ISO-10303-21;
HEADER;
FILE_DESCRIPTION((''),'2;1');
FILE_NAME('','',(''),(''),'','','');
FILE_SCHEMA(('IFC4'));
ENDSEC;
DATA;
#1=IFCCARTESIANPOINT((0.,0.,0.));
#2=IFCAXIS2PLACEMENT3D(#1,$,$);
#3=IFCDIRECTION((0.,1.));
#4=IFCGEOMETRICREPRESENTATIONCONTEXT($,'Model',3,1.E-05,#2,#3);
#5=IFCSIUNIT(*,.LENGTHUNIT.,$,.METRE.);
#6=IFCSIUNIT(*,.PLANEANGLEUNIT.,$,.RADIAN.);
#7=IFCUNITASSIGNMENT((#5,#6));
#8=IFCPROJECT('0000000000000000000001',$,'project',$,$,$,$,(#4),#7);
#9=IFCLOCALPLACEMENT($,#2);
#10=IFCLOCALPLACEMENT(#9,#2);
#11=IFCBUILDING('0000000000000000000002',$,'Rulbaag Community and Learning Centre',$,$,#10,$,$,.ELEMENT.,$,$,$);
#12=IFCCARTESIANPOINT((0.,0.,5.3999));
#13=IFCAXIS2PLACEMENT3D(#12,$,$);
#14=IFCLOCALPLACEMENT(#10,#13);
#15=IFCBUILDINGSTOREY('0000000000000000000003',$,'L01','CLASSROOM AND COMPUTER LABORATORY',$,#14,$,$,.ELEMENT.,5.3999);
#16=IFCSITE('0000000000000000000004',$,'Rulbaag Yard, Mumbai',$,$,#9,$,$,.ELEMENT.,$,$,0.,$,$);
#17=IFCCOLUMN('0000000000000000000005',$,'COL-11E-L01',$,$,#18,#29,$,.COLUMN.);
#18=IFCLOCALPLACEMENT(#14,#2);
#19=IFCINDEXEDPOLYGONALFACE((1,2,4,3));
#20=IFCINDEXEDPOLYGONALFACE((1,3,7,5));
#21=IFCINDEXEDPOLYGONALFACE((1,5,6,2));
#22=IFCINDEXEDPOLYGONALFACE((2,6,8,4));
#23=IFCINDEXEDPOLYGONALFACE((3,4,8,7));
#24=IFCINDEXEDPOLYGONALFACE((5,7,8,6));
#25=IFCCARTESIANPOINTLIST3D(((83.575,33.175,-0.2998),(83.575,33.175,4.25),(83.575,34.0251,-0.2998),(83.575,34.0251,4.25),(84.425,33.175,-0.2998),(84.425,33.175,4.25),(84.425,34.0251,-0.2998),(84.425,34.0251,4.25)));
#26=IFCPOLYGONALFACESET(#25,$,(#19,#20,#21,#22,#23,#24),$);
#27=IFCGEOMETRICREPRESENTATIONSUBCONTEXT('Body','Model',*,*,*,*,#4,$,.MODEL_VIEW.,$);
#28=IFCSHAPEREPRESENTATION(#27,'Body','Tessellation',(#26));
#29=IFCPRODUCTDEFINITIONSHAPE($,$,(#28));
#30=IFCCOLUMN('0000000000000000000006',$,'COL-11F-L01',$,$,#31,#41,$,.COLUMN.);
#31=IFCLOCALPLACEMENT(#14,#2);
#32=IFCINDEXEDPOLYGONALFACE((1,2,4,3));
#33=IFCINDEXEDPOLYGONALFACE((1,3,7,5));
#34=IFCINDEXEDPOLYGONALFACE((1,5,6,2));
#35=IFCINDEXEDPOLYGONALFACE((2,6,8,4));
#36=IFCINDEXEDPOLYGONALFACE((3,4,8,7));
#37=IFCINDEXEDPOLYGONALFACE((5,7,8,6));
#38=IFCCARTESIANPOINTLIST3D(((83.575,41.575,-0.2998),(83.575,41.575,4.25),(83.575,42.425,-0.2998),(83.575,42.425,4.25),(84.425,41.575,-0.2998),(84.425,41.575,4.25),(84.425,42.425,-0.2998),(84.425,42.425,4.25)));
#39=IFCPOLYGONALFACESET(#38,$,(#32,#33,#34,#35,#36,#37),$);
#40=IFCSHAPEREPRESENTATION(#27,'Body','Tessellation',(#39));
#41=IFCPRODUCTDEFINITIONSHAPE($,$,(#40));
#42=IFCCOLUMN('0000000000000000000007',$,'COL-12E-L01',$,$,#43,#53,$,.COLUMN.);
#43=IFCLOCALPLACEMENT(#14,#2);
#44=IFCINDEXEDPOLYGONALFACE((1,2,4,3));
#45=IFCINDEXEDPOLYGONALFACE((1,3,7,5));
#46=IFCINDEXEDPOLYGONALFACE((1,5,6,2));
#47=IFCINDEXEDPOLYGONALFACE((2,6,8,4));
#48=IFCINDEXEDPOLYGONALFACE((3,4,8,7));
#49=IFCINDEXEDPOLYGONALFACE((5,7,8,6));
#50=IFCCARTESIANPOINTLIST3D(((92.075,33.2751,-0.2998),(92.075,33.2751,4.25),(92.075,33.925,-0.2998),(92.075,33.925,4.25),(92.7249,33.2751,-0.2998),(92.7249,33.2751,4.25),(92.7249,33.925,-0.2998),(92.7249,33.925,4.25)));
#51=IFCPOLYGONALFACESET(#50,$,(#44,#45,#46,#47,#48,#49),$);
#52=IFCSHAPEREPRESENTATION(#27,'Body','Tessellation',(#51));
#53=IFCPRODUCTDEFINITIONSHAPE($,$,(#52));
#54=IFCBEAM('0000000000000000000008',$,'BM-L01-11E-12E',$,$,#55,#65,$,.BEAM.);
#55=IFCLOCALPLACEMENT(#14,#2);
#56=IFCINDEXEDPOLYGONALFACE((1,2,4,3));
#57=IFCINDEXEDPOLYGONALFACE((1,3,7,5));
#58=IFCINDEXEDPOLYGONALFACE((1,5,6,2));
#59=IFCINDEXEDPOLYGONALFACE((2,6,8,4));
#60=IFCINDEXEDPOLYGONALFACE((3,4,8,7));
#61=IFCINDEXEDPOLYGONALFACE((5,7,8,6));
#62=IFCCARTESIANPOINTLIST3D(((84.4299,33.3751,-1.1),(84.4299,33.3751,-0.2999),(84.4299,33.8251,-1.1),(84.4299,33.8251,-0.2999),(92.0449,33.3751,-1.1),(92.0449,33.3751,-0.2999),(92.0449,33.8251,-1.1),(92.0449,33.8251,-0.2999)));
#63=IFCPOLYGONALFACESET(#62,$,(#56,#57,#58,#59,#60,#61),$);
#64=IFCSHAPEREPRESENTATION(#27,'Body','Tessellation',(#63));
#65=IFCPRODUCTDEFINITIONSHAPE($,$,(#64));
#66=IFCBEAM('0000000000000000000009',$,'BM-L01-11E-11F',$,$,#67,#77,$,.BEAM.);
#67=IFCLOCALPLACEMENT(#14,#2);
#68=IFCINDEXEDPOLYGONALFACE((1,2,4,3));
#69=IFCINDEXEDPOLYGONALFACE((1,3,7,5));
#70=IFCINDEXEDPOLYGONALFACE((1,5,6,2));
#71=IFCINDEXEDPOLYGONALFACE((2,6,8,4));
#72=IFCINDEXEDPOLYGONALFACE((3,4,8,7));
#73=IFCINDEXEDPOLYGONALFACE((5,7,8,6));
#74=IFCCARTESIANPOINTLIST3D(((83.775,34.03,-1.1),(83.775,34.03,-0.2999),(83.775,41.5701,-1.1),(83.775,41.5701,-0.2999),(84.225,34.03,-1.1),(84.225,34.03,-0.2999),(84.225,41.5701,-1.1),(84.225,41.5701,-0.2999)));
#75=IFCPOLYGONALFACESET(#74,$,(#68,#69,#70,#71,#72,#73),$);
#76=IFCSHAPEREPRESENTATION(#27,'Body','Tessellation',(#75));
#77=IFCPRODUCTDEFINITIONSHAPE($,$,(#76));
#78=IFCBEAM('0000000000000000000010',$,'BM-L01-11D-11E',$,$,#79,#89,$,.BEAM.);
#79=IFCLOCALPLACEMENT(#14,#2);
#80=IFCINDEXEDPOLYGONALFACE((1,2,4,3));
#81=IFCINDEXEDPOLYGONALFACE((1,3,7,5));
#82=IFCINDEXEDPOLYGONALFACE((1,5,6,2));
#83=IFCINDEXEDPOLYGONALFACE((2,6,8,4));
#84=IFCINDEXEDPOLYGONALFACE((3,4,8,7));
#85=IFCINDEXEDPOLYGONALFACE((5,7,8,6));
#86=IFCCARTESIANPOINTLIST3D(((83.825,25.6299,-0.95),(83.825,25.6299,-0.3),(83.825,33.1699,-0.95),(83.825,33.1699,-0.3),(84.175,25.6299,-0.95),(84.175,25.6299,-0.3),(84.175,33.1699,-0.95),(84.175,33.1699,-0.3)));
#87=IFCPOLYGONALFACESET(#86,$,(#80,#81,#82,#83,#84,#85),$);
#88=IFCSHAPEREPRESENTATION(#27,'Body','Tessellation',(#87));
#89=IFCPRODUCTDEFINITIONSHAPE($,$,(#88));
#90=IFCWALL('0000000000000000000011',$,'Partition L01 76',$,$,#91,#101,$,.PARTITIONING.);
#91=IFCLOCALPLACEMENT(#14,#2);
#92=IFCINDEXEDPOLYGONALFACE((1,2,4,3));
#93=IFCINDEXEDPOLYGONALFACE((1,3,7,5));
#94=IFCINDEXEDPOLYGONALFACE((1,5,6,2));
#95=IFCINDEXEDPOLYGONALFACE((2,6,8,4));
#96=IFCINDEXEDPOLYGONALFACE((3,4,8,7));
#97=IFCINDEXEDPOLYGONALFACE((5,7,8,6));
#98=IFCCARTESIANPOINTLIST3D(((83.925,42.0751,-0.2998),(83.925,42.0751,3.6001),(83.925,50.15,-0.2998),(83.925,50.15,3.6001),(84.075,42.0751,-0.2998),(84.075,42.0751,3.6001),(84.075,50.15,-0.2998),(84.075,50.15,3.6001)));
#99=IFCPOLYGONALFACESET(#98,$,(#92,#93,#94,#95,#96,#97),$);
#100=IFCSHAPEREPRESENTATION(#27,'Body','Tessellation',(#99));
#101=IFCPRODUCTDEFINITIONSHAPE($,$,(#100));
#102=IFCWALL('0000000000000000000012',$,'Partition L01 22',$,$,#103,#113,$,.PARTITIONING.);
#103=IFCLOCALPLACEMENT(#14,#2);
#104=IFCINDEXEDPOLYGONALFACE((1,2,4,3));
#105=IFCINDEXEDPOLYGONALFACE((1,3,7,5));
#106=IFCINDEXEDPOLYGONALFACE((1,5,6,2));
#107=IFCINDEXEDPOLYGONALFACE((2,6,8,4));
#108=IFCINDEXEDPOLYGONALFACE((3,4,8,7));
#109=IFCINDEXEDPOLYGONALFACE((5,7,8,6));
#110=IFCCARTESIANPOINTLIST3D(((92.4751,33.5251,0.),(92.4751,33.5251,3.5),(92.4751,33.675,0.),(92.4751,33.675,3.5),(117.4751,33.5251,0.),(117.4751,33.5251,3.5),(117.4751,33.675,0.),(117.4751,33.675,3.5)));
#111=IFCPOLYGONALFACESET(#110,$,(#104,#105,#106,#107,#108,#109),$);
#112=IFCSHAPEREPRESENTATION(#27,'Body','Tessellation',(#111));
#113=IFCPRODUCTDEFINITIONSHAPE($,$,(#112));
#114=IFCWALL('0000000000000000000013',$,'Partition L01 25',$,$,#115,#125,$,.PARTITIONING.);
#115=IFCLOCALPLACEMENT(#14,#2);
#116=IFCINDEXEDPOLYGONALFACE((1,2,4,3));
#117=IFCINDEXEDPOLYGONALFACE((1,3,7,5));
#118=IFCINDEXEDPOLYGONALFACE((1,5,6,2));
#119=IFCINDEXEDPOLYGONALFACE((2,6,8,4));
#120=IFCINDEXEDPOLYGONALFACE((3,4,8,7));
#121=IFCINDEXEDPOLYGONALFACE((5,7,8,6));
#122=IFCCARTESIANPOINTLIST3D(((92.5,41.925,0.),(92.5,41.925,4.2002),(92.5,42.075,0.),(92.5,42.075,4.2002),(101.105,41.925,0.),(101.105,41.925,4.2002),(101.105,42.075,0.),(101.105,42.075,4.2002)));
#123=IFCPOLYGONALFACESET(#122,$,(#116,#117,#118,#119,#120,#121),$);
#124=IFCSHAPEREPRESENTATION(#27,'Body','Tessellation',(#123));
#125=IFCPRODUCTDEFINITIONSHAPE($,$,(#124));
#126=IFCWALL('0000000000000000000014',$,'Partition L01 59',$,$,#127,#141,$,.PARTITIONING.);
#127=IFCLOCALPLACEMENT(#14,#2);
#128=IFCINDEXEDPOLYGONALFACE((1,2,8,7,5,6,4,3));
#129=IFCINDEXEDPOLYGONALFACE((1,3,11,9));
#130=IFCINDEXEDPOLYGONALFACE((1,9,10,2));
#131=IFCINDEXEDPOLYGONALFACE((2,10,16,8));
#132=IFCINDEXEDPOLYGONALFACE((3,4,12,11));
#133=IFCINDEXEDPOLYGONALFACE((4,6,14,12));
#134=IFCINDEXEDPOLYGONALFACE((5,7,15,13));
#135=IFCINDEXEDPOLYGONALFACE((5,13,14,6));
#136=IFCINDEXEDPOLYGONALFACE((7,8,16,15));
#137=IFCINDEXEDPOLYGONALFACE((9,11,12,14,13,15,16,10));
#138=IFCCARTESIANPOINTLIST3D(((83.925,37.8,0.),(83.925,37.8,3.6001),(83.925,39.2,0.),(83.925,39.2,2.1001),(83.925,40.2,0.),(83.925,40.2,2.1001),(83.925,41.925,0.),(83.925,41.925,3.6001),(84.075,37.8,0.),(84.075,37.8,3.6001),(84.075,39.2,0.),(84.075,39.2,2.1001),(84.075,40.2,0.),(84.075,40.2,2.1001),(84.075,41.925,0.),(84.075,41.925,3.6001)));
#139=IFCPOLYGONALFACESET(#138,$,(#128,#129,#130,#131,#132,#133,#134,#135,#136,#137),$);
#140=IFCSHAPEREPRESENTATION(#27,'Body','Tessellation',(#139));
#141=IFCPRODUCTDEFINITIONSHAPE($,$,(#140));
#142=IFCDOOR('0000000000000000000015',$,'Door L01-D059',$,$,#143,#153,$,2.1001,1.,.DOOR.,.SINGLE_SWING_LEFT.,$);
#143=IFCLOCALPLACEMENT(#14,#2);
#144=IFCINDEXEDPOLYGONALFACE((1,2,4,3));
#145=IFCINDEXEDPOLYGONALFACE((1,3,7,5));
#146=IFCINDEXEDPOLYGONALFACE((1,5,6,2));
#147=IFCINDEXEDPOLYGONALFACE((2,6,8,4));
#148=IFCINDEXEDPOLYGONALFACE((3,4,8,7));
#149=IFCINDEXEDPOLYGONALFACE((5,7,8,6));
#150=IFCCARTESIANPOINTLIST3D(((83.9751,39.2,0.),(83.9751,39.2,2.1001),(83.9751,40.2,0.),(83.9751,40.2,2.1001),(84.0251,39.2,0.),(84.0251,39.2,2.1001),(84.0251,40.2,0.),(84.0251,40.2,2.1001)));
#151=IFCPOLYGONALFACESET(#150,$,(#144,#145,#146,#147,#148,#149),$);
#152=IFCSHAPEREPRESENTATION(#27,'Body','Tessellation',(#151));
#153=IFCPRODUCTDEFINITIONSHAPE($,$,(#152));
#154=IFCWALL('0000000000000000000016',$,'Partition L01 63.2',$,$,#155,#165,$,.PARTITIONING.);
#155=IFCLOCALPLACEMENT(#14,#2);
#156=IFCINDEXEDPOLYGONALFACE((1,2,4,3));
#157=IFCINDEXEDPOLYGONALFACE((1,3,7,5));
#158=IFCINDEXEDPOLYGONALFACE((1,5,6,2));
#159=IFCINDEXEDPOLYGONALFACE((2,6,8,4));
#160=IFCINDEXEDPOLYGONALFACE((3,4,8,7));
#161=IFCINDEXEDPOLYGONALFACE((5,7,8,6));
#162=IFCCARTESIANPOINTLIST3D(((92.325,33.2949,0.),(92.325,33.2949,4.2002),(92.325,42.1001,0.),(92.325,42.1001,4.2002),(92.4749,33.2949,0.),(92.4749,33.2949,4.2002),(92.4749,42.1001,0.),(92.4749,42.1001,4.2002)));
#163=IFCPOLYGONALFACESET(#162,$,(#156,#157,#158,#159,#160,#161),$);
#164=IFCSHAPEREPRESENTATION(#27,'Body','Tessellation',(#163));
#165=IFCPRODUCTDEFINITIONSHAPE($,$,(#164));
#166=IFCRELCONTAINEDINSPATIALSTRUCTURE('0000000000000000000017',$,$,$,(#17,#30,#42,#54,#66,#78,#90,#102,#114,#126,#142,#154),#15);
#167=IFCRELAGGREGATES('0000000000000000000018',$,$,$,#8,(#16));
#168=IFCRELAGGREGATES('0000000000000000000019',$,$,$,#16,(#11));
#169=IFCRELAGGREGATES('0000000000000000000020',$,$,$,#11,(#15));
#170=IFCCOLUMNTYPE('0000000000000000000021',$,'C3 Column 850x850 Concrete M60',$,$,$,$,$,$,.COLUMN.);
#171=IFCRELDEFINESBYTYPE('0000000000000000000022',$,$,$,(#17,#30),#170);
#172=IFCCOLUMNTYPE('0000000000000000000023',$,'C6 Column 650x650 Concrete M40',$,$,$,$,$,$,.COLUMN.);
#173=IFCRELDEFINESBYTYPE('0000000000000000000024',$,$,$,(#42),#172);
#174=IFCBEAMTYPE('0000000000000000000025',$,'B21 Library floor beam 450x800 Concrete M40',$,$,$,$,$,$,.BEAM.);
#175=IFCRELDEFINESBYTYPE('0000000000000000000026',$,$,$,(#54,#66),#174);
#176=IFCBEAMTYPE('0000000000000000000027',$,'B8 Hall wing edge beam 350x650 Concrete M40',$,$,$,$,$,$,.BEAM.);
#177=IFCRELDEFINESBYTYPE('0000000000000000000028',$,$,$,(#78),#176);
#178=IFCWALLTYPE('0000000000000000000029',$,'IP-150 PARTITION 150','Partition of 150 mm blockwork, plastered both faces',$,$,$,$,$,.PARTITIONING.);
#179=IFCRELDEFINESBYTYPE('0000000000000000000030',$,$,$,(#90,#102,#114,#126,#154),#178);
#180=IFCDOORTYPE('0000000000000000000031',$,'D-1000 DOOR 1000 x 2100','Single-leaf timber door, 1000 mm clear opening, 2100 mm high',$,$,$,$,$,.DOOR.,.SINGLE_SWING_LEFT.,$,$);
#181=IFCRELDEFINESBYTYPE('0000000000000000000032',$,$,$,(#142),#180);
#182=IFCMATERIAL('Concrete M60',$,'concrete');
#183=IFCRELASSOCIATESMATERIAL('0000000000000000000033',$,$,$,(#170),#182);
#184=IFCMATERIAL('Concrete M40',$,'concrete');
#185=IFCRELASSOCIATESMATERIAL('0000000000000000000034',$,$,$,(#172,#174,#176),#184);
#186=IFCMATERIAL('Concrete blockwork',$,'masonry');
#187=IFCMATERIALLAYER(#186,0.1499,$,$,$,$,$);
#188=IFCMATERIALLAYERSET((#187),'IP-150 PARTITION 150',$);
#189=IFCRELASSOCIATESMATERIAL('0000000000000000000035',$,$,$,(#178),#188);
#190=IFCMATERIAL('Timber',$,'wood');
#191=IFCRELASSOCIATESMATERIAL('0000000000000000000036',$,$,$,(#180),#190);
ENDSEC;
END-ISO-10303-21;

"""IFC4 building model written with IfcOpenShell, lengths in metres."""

from ifc_helpers import new_model, si_unit, direction, frame, frame_2d, origin, origin_2d, place, context, subcontext, project, spatial, rectangle, extrude, material, layer, layer_set, material_profile, profile_set, type_object, element, fill, save


model = new_model("IFC4")

# Units and contexts
model_context = context("Model", 3, precision=1e-05, world=origin(), true_north=direction((0.0, 1.0)))
body_context = subcontext(model_context, "Body", "Model", "MODEL_VIEW")
ifc_project = project(units=[si_unit("LENGTHUNIT", "METRE"), si_unit("PLANEANGLEUNIT", "RADIAN")], contexts=[model_context])

# Site, building, storey
site_placement = place(None, origin())
site = spatial("IfcSite", under=ifc_project, at=site_placement, Name="Rulbaag Yard, Mumbai", CompositionType="ELEMENT", RefElevation=0.0)
building_placement = place(site_placement, origin())
building = spatial("IfcBuilding", under=site, at=building_placement, Name="Rulbaag Community and Learning Centre", CompositionType="ELEMENT")
storey_placement = place(building_placement, frame((0.0, 0.0, 5.3999)))
storey = spatial("IfcBuildingStorey", under=building, at=storey_placement, Name="L01", Description="CLASSROOM AND COMPUTER LABORATORY", CompositionType="ELEMENT", Elevation=5.3999)

# Columns
ifc_material_1 = material(Name="Concrete M60", Category="concrete")
ifc_material_profile_1 = material_profile(ifc_material_1, rectangle(XDim=0.8501, YDim=0.8501, at=origin_2d()), Name="RC850x850")
ifc_profile_set_1 = profile_set([ifc_material_profile_1], Name="Concrete M60")
column_type_1 = type_object("IfcColumnType", Name="C3 Column 850x850 Concrete M60", PredefinedType="COLUMN", material=ifc_profile_set_1)
for number, where, z_axis, x_axis, name in (
    (1, (84.0, 33.6001, -0.2998), (0.0, 0.0, 1.0), (1.0, 0.0, 0.0), "COL-11E-L01"),
    (2, (84.0, 42.0, -0.2998), (0.0, 0.0, 1.0), (1.0, 0.0, 0.0), "COL-11F-L01"),
):
    element("IfcColumn", number, at=place(storey_placement, frame(where, z_axis=z_axis, x_axis=x_axis)), inside=storey, type_object=column_type_1, Name=name, PredefinedType="COLUMN", context=body_context, shape_type="SweptSolid", body=[
        extrude(rectangle(XDim=0.8501, YDim=0.8501, at=origin_2d()), origin(), (0.0, 0.0, 1.0), 4.5498),
    ])
ifc_material_2 = material(Name="Concrete M40", Category="concrete")
ifc_material_profile_2 = material_profile(ifc_material_2, rectangle(XDim=0.6499, YDim=0.6499, at=origin_2d()), Name="RC650x650")
ifc_profile_set_2 = profile_set([ifc_material_profile_2], Name="Concrete M40")
column_type_2 = type_object("IfcColumnType", Name="C6 Column 650x650 Concrete M40", PredefinedType="COLUMN", material=ifc_profile_set_2)
column_placement = place(storey_placement, frame((92.3999, 33.6001, -0.2998), z_axis=(0.0, 0.0, 1.0), x_axis=(1.0, 0.0, 0.0)))
element("IfcColumn", 3, at=column_placement, inside=storey, type_object=column_type_2, Name="COL-12E-L01", PredefinedType="COLUMN", context=body_context, shape_type="SweptSolid", body=[
    extrude(rectangle(XDim=0.6499, YDim=0.6499, at=origin_2d()), origin(), (0.0, 0.0, 1.0), 4.5498),
])

# Beams
ifc_material_profile_3 = material_profile(ifc_material_2, rectangle(XDim=0.45, YDim=0.8, at=origin_2d()), Name="RB450x800")
ifc_profile_set_3 = profile_set([ifc_material_profile_3], Name="Concrete M40")
beam_type_1 = type_object("IfcBeamType", Name="B21 Library floor beam 450x800 Concrete M40", PredefinedType="BEAM", material=ifc_profile_set_3)
beam_1_placement = place(storey_placement, frame((84.4299, 33.6001, -0.7), z_axis=(1.0, 0.0, 0.0), x_axis=(0.0, 1.0, 0.0)))
element("IfcBeam", 4, at=beam_1_placement, inside=storey, type_object=beam_type_1, Name="BM-L01-11E-12E", PredefinedType="BEAM", context=body_context, shape_type="SweptSolid", body=[
    extrude(rectangle(XDim=0.45, YDim=0.8, at=origin_2d()), origin(), (0.0, 0.0, 1.0), 7.615),
])
beam_2_placement = place(storey_placement, frame((84.0, 34.03, -0.7), z_axis=(0.0, 1.0, 0.0), x_axis=(-1.0, 0.0, 0.0)))
element("IfcBeam", 5, at=beam_2_placement, inside=storey, type_object=beam_type_1, Name="BM-L01-11E-11F", PredefinedType="BEAM", context=body_context, shape_type="SweptSolid", body=[
    extrude(rectangle(XDim=0.45, YDim=0.8, at=origin_2d()), origin(), (0.0, 0.0, 1.0), 7.54),
])
ifc_material_profile_4 = material_profile(ifc_material_2, rectangle(XDim=0.3501, YDim=0.6499, at=origin_2d()), Name="RB350x650")
ifc_profile_set_4 = profile_set([ifc_material_profile_4], Name="Concrete M40")
beam_type_2 = type_object("IfcBeamType", Name="B8 Hall wing edge beam 350x650 Concrete M40", PredefinedType="BEAM", material=ifc_profile_set_4)
beam_3_placement = place(storey_placement, frame((84.0, 25.6299, -0.625), z_axis=(0.0, 1.0, 0.0), x_axis=(-1.0, 0.0, 0.0)))
element("IfcBeam", 6, at=beam_3_placement, inside=storey, type_object=beam_type_2, Name="BM-L01-11D-11E", PredefinedType="BEAM", context=body_context, shape_type="SweptSolid", body=[
    extrude(rectangle(XDim=0.3501, YDim=0.6499, at=origin_2d()), origin(), (0.0, 0.0, 1.0), 7.54),
])

# Walls
ifc_material_3 = material(Name="Concrete blockwork", Category="masonry")
ifc_layer_1 = layer(ifc_material_3, 0.1499)
ifc_layer_set_1 = layer_set([ifc_layer_1], Name="IP-150 PARTITION 150")
wall_type_1 = type_object("IfcWallType", Name="IP-150 PARTITION 150", Description="Partition of 150 mm blockwork, plastered both faces", PredefinedType="PARTITIONING", material=ifc_layer_set_1)
wall_1_placement = place(storey_placement, frame((84.0, 42.075, -0.2998), z_axis=(0.0, 0.0, 1.0), x_axis=(0.0, 1.0, 0.0)))
element("IfcWall", 7, at=wall_1_placement, inside=storey, type_object=wall_type_1, Name="Partition L01 76", PredefinedType="PARTITIONING", context=body_context, shape_type="SweptSolid", body=[
    extrude(rectangle(XDim=8.075, YDim=0.1499, at=frame_2d((4.0376, 0.0))), origin(), (0.0, 0.0, 1.0), 3.8999),
])
wall_2_placement = place(storey_placement, frame((92.4751, 33.6001, 0.0), z_axis=(0.0, 0.0, 1.0), x_axis=(1.0, 0.0, 0.0)))
element("IfcWall", 8, at=wall_2_placement, inside=storey, type_object=wall_type_1, Name="Partition L01 22", PredefinedType="PARTITIONING", context=body_context, shape_type="SweptSolid", body=[
    extrude(rectangle(XDim=25.0, YDim=0.1499, at=frame_2d((12.5, 0.0))), origin(), (0.0, 0.0, 1.0), 3.5),
])
wall_3_placement = place(storey_placement, frame((92.5, 42.0, 0.0), z_axis=(0.0, 0.0, 1.0), x_axis=(1.0, 0.0, 0.0)))
element("IfcWall", 9, at=wall_3_placement, inside=storey, type_object=wall_type_1, Name="Partition L01 25", PredefinedType="PARTITIONING", context=body_context, shape_type="SweptSolid", body=[
    extrude(rectangle(XDim=8.605, YDim=0.1499, at=frame_2d((4.3025, 0.0))), origin(), (0.0, 0.0, 1.0), 4.2002),
])

# Wall, opening, door
wall_4_placement = place(storey_placement, frame((84.0, 37.8, 0.0), z_axis=(0.0, 0.0, 1.0), x_axis=(0.0, 1.0, 0.0)))
wall_4 = element("IfcWall", 10, at=wall_4_placement, inside=storey, type_object=wall_type_1, Name="Partition L01 59", PredefinedType="PARTITIONING", context=body_context, shape_type="SweptSolid", body=[
    extrude(rectangle(XDim=4.125, YDim=0.1499, at=frame_2d((2.0625, 0.0))), origin(), (0.0, 0.0, 1.0), 3.6001),
])
opening_1_placement = place(wall_4_placement, frame((1.3999, 0.0, 0.0)))
opening_1 = element("IfcOpeningElement", 11, at=opening_1_placement, cuts=wall_4, PredefinedType="OPENING", context=body_context, shape_type="SweptSolid", body=[
    extrude(rectangle(XDim=1.0, YDim=2.1001, at=frame_2d((0.5, 1.05))), frame((0.0, 0.085, 0.0), z_axis=(0.0, -1.0, 0.0), x_axis=(1.0, 0.0, 0.0)), (0.0, 0.0, 1.0), 0.1699),
])
ifc_material_4 = material(Name="Timber", Category="wood")
door_type_1 = type_object("IfcDoorType", Name="D-1000 DOOR 1000 x 2100", Description="Single-leaf timber door, 1000 mm clear opening, 2100 mm high", OperationType="SINGLE_SWING_LEFT", PredefinedType="DOOR", material=ifc_material_4)
door_1_placement = place(opening_1_placement, origin())
door_1 = element("IfcDoor", 12, at=door_1_placement, inside=storey, type_object=door_type_1, Name="Door L01-D059", OperationType="SINGLE_SWING_LEFT", OverallHeight=2.1001, OverallWidth=1.0, PredefinedType="DOOR", context=body_context, shape_type="SweptSolid", body=[
    extrude(rectangle(XDim=1.0, YDim=2.1001, at=frame_2d((0.5, 1.05))), frame((0.0, 0.0249, 0.0), z_axis=(0.0, -1.0, 0.0), x_axis=(1.0, 0.0, 0.0)), (0.0, 0.0, 1.0), 0.05),
])
fill(opening_1, door_1)

# Wall
wall_5_placement = place(storey_placement, frame((92.3999, 33.2949, 0.0), z_axis=(0.0, 0.0, 1.0), x_axis=(0.0, 1.0, 0.0)))
element("IfcWall", 13, at=wall_5_placement, inside=storey, type_object=wall_type_1, Name="Partition L01 63.2", PredefinedType="PARTITIONING", context=body_context, shape_type="SweptSolid", body=[
    extrude(rectangle(XDim=8.8052, YDim=0.1499, at=frame_2d((4.4026, 0.0))), origin(), (0.0, 0.0, 1.0), 4.2002),
])

save(model, "model.ifc")
